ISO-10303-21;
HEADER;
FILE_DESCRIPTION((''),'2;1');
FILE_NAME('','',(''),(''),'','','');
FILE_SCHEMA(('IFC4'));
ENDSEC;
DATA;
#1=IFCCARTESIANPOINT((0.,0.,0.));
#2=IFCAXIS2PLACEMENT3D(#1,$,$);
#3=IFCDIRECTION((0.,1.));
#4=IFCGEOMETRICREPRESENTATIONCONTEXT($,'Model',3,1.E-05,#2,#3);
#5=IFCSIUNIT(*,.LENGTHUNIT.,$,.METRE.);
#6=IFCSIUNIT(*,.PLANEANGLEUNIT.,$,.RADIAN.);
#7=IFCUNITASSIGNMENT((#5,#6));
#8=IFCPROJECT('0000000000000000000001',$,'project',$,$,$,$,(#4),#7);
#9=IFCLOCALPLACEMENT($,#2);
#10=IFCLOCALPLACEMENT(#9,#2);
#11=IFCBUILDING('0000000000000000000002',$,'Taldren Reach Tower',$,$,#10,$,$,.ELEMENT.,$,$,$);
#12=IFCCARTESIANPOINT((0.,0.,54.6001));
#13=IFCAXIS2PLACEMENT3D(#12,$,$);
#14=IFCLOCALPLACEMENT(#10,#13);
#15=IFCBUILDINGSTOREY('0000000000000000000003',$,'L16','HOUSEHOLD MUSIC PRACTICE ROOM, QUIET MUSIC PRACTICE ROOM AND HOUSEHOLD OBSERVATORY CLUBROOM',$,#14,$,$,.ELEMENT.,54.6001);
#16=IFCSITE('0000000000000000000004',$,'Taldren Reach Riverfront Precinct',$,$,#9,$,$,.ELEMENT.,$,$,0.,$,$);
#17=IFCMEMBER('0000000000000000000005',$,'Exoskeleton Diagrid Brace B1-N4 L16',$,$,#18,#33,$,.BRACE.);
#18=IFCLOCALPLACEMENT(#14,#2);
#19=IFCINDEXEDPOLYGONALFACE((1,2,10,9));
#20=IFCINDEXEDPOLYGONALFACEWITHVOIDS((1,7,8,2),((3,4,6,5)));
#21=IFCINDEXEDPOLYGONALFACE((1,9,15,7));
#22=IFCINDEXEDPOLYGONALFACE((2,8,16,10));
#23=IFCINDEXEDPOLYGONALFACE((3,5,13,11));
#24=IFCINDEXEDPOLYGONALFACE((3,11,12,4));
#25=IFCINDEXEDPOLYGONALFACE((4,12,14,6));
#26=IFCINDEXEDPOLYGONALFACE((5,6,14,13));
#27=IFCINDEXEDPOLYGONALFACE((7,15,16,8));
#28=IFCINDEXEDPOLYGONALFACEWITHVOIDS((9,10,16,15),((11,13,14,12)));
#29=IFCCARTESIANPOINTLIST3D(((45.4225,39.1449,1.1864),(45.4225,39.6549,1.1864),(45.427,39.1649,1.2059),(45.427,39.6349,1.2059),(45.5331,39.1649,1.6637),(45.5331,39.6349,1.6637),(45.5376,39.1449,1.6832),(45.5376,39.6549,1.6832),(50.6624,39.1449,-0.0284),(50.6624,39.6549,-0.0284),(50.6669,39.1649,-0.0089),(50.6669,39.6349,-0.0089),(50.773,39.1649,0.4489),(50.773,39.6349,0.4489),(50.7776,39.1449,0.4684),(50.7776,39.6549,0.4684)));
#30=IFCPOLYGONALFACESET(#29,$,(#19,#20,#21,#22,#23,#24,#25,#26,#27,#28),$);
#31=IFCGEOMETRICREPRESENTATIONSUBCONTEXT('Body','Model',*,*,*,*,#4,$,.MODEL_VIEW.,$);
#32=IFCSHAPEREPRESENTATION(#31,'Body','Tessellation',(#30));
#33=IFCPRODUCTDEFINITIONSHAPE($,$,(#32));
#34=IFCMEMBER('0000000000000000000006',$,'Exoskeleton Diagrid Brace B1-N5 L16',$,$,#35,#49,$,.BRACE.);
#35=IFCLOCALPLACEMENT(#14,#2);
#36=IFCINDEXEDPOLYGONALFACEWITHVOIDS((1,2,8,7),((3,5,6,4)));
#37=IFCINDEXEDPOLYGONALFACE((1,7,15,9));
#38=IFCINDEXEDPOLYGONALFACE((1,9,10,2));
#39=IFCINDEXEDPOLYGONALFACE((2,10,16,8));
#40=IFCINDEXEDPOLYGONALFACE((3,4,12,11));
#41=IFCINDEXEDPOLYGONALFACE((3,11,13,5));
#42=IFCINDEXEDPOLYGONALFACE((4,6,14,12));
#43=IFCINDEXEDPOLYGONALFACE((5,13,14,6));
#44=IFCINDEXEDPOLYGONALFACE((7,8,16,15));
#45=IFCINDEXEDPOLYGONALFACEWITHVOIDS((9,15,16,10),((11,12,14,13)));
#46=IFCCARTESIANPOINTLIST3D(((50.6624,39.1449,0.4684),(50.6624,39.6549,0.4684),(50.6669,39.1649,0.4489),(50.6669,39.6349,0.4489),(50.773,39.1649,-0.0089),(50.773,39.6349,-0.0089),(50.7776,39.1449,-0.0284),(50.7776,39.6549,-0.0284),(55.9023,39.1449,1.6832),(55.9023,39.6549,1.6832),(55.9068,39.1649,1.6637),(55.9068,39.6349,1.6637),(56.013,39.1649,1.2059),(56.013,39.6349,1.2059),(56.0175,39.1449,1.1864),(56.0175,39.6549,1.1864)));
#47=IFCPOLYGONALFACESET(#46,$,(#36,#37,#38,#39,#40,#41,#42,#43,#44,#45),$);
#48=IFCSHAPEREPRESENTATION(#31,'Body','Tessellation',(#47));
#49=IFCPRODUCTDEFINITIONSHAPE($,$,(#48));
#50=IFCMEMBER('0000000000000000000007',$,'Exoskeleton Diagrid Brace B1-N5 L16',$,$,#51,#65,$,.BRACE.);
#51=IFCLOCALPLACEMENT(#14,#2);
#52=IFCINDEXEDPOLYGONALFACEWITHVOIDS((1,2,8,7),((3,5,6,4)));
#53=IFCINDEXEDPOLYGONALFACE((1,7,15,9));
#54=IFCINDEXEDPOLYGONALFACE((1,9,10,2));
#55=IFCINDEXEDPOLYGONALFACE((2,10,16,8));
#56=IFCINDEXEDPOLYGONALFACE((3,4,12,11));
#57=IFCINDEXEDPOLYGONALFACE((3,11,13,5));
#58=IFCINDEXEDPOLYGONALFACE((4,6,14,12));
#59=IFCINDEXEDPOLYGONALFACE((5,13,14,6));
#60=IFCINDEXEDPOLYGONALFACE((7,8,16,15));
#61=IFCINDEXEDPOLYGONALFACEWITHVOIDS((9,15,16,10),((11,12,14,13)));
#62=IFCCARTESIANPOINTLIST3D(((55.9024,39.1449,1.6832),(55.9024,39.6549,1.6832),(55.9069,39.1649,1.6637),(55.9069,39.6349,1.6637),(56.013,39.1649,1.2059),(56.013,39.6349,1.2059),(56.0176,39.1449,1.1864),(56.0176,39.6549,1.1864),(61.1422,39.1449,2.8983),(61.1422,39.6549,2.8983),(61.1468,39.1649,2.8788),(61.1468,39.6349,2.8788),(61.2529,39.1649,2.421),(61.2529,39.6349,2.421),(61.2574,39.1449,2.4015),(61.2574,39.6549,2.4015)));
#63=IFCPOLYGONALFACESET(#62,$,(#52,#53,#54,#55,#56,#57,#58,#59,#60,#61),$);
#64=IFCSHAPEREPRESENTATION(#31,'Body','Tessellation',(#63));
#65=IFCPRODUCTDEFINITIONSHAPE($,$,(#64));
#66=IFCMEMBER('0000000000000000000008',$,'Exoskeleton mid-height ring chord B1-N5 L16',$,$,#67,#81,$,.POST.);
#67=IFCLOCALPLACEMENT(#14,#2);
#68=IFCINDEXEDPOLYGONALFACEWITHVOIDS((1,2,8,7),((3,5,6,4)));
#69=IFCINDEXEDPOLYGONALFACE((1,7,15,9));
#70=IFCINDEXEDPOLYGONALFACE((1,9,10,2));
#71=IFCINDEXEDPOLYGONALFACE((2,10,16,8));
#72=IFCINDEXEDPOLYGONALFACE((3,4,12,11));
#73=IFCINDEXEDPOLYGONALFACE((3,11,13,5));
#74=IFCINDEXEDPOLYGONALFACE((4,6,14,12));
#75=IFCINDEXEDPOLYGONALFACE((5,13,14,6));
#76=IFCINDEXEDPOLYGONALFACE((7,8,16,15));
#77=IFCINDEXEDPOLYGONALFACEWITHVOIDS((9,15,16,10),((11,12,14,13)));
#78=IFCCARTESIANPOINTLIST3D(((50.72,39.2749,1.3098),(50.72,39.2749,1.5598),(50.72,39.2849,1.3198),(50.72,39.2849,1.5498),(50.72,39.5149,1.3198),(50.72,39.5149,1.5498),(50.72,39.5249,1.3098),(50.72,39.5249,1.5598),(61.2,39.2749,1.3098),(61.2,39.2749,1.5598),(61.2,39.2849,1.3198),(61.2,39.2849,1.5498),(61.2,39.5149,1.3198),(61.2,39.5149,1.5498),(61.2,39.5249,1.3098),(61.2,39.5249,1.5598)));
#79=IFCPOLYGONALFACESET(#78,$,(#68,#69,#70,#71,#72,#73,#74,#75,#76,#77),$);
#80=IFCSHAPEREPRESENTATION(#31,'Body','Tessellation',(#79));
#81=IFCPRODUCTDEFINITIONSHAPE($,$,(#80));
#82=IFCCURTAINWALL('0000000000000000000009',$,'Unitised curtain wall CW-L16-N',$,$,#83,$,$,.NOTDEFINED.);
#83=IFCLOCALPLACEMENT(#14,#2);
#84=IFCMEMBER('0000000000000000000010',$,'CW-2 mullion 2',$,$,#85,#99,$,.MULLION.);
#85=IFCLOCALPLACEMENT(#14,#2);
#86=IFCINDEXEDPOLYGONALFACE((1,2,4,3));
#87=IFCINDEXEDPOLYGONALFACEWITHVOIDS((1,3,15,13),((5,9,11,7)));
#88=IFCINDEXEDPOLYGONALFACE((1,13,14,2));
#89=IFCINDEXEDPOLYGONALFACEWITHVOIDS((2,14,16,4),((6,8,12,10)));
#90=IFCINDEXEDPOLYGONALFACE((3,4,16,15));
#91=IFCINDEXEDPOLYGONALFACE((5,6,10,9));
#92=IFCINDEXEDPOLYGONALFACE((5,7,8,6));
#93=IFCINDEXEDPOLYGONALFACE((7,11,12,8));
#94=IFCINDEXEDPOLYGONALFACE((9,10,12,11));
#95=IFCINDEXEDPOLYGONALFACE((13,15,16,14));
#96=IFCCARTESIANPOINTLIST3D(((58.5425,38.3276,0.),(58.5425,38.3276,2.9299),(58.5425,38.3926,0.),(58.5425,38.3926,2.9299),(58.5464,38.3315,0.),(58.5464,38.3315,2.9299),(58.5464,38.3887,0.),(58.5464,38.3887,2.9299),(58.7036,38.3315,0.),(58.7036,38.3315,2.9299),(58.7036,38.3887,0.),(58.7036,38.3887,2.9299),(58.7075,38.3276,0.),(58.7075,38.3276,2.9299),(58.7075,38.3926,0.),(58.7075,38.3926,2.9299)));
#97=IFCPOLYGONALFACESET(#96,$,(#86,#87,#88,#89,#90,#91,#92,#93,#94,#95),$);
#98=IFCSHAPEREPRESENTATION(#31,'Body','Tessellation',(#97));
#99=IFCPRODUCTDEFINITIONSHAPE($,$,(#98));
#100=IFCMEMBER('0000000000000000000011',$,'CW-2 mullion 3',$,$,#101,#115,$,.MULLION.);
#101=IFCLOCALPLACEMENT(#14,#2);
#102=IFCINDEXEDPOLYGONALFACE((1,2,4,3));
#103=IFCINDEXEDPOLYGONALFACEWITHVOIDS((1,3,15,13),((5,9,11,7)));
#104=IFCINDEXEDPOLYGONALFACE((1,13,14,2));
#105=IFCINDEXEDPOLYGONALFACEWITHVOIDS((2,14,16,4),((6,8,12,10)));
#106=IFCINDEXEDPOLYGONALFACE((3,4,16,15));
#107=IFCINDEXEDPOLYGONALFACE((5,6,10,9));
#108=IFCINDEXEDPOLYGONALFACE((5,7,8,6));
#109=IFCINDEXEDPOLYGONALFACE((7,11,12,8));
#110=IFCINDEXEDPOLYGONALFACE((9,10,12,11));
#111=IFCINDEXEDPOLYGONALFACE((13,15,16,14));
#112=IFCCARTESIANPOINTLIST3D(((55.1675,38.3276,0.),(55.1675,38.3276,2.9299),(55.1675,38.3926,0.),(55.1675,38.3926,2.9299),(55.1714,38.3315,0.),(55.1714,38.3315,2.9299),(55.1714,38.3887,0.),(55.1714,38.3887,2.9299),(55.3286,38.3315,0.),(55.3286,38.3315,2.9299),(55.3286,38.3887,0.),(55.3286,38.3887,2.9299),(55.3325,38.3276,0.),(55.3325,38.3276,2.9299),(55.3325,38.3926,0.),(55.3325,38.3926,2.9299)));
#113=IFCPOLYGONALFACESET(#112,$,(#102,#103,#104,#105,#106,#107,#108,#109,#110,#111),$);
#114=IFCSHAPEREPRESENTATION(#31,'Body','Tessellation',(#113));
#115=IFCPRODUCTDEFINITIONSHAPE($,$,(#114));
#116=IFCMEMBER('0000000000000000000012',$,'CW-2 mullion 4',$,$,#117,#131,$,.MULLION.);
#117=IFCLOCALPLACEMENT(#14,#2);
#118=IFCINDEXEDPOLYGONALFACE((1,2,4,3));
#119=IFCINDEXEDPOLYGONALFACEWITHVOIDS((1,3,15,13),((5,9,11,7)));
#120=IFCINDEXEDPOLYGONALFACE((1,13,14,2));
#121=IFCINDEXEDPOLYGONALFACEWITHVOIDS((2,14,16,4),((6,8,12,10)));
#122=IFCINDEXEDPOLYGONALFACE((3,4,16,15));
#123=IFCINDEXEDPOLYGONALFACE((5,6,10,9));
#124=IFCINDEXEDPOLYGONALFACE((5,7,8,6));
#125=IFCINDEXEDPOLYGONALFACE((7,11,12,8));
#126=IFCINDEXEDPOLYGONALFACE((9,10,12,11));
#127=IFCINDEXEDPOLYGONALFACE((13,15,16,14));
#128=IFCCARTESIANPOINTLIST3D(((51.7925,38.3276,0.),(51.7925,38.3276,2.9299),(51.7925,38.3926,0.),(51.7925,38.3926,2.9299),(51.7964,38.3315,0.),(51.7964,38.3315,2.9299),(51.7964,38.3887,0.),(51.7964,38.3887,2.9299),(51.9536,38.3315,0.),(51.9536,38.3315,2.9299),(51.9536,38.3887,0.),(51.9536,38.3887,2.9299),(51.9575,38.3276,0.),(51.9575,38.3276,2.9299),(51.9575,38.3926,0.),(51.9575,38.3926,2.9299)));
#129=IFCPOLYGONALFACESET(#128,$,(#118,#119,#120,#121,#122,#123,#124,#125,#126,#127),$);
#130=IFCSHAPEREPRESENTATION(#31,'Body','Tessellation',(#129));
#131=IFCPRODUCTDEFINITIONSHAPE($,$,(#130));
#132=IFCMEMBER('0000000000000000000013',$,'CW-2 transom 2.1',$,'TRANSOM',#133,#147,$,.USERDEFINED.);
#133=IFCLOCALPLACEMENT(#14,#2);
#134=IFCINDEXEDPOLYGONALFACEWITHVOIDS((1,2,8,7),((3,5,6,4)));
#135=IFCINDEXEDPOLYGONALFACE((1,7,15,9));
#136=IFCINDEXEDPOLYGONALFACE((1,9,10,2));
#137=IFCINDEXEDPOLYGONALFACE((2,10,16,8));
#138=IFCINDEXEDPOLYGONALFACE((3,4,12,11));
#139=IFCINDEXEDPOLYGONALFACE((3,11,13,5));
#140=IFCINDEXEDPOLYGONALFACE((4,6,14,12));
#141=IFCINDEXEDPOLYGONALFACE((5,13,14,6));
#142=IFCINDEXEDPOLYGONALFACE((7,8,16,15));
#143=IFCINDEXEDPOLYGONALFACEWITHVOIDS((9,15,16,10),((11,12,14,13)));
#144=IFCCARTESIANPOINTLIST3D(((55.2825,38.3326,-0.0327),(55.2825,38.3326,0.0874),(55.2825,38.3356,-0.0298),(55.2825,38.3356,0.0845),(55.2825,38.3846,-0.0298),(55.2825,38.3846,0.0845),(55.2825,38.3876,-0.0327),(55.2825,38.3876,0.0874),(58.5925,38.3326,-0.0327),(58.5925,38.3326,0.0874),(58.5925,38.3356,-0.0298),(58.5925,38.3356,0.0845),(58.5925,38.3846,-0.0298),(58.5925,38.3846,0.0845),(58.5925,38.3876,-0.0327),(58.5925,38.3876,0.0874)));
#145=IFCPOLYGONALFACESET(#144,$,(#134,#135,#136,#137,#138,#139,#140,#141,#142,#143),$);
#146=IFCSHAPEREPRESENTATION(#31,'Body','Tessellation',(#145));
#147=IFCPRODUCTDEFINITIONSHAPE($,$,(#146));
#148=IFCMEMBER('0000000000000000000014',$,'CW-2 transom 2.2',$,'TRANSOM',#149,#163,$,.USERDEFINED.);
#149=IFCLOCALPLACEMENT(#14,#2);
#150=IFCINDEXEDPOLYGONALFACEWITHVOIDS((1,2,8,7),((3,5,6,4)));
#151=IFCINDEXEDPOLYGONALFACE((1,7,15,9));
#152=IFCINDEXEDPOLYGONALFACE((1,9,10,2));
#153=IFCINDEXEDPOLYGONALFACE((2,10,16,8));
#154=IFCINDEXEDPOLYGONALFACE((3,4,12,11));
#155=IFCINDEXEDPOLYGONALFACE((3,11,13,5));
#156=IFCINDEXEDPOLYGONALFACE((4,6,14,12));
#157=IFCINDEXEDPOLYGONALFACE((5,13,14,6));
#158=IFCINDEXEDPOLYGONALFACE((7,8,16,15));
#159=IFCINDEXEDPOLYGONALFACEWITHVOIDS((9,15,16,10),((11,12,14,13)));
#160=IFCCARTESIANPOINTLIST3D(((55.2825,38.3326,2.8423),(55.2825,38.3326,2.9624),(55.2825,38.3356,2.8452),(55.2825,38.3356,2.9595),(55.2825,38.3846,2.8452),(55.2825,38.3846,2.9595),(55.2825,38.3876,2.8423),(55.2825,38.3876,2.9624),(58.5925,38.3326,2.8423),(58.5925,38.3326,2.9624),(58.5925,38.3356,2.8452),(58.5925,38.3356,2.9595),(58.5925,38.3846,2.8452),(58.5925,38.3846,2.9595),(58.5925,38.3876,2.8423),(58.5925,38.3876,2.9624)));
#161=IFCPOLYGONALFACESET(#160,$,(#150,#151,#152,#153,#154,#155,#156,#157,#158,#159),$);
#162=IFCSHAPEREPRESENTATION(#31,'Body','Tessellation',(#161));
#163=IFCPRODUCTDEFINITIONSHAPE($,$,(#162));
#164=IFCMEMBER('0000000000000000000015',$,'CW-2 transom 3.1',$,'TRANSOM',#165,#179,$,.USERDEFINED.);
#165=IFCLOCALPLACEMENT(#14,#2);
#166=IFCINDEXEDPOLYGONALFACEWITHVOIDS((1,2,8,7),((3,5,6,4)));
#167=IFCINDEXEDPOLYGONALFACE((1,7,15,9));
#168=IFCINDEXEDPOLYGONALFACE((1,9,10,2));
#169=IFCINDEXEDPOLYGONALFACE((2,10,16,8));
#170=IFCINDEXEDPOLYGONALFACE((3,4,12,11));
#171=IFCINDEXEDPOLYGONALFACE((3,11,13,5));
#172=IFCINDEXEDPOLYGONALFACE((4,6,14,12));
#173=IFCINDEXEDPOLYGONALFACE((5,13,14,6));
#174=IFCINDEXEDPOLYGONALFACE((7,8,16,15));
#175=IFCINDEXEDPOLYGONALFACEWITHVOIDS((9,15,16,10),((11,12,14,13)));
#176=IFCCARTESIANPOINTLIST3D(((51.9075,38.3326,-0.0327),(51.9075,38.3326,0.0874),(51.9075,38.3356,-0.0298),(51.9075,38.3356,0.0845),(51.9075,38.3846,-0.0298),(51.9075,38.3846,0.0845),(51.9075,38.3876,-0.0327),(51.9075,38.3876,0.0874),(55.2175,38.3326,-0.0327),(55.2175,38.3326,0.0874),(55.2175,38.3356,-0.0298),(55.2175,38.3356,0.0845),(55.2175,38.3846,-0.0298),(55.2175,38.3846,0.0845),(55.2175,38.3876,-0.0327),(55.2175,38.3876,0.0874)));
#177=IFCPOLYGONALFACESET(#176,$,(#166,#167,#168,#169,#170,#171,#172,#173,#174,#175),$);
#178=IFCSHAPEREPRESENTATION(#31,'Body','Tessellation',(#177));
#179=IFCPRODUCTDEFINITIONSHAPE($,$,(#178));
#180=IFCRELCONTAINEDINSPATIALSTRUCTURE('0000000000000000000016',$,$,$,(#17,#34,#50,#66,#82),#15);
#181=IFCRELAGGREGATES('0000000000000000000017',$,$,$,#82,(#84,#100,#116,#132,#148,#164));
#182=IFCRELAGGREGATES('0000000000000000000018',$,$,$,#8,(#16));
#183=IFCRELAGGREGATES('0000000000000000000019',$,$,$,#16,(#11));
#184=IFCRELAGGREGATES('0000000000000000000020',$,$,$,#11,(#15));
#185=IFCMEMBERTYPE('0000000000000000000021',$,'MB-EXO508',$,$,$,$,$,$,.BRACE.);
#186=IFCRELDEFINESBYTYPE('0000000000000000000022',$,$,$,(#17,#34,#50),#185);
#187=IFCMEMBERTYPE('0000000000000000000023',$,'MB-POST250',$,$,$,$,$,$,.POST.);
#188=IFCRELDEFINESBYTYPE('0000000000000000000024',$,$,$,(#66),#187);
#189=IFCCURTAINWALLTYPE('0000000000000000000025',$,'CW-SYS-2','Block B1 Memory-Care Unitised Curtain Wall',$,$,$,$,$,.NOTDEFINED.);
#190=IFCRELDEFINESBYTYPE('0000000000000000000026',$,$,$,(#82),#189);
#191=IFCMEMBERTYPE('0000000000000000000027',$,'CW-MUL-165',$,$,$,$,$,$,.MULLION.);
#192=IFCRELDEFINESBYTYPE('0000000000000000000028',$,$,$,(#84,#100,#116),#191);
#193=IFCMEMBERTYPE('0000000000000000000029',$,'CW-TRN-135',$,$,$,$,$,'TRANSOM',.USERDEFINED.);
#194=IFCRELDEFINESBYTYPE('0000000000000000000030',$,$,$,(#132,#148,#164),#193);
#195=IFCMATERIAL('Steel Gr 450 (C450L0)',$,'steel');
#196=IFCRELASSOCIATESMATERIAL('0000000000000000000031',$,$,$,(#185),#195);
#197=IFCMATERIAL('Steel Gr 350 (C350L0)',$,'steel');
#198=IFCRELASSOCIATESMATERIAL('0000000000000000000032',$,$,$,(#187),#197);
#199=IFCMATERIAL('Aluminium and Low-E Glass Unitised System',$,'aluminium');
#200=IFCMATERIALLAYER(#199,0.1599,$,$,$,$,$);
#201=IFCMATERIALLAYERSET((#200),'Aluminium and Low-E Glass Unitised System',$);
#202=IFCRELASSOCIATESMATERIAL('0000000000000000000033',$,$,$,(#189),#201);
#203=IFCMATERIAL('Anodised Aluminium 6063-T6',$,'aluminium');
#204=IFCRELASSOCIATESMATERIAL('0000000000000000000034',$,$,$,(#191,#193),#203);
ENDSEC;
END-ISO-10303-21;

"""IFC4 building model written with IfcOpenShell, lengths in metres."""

from ifc_helpers import new_model, si_unit, direction, frame, origin, origin_2d, place, context, subcontext, project, spatial, hollow_rectangle, extrude, source, transform, mapped, material, layer, layer_set, material_profile, profile_set, type_object, element, aggregate, save


model = new_model("IFC4")

# Units and contexts
model_context = context("Model", 3, precision=1e-05, world=origin(), true_north=direction((0.0, 1.0)))
body_context = subcontext(model_context, "Body", "Model", "MODEL_VIEW")
ifc_project = project(units=[si_unit("LENGTHUNIT", "METRE"), si_unit("PLANEANGLEUNIT", "RADIAN")], contexts=[model_context])

# Site, building, storey
site_placement = place(None, origin())
site = spatial("IfcSite", under=ifc_project, at=site_placement, Name="Taldren Reach Riverfront Precinct", CompositionType="ELEMENT", RefElevation=0.0)
building_placement = place(site_placement, origin())
building = spatial("IfcBuilding", under=site, at=building_placement, Name="Taldren Reach Tower", CompositionType="ELEMENT")
storey_placement = place(building_placement, frame((0.0, 0.0, 54.6001)))
storey = spatial("IfcBuildingStorey", under=building, at=storey_placement, Name="L16", Description="HOUSEHOLD MUSIC PRACTICE ROOM, QUIET MUSIC PRACTICE ROOM AND HOUSEHOLD OBSERVATORY CLUBROOM", CompositionType="ELEMENT", Elevation=54.6001)

# Members
ifc_material_1 = material(Name="Steel Gr 450 (C450L0)", Category="steel")
ifc_material_profile_1 = material_profile(ifc_material_1, hollow_rectangle(XDim=0.51, YDim=0.51, WallThickness=0.02, at=origin_2d()), Name="510x510x20.0SHS")
ifc_profile_set_1 = profile_set([ifc_material_profile_1], Name="Steel Gr 450 (C450L0)")
member_type_1 = type_object("IfcMemberType", Name="MB-EXO508", PredefinedType="BRACE", material=ifc_profile_set_1)
shared_shape_1 = source(origin(), body_context, "Body", "SweptSolid", [
    extrude(hollow_rectangle(XDim=0.51, YDim=0.51, WallThickness=0.02, at=origin_2d()), origin(), (0.0, 0.0, 1.0), 5.3789),
])
for number, where, z_axis, x_axis, name in (
    (1, (50.72, 39.3999, 0.22), (-0.974162, 0.0, 0.225851), (0.0, -1.0, 0.0), "Exoskeleton Diagrid Brace B1-N4 L16"),
    (2, (50.72, 39.3999, 0.22), (0.974162, 0.0, 0.225851), (0.0, 1.0, 0.0), "Exoskeleton Diagrid Brace B1-N5 L16"),
    (3, (55.96, 39.3999, 1.4348), (0.974152, 0.0, 0.225894), (0.0, 1.0, 0.0), "Exoskeleton Diagrid Brace B1-N5 L16"),
):
    element("IfcMember", number, at=place(storey_placement, frame(where, z_axis=z_axis, x_axis=x_axis)), inside=storey, type_object=member_type_1, Name=name, PredefinedType="BRACE", context=body_context, shape_type="MappedRepresentation", body=[
        mapped(shared_shape_1, transform((0.0, 0.0, 0.0), scale=1.0)),
    ])
ifc_material_2 = material(Name="Steel Gr 350 (C350L0)", Category="steel")
ifc_material_profile_2 = material_profile(ifc_material_2, hollow_rectangle(XDim=0.25, YDim=0.25, WallThickness=0.01, at=origin_2d()), Name="250x250x10.0SHS")
ifc_profile_set_2 = profile_set([ifc_material_profile_2], Name="Steel Gr 350 (C350L0)")
member_type_2 = type_object("IfcMemberType", Name="MB-POST250", PredefinedType="POST", material=ifc_profile_set_2)
shared_shape_2 = source(origin(), body_context, "Body", "SweptSolid", [
    extrude(hollow_rectangle(XDim=0.25, YDim=0.25, WallThickness=0.01, at=origin_2d()), origin(), (0.0, 0.0, 1.0), 10.48),
])
member_1_placement = place(storey_placement, frame((50.72, 39.3999, 1.4348), z_axis=(1.0, 0.0, 0.0), x_axis=(0.0, 1.0, 0.0)))
element("IfcMember", 4, at=member_1_placement, inside=storey, type_object=member_type_2, Name="Exoskeleton mid-height ring chord B1-N5 L16", PredefinedType="POST", context=body_context, shape_type="MappedRepresentation", body=[
    mapped(shared_shape_2, transform((0.0, 0.0, 0.0), scale=1.0)),
])

# Curtain wall, members
ifc_material_3 = material(Name="Aluminium and Low-E Glass Unitised System", Category="aluminium")
ifc_layer_1 = layer(ifc_material_3, 0.1599)
ifc_layer_set_1 = layer_set([ifc_layer_1], Name="Aluminium and Low-E Glass Unitised System")
curtain_wall_type = type_object("IfcCurtainWallType", Name="CW-SYS-2", Description="Block B1 Memory-Care Unitised Curtain Wall", PredefinedType="NOTDEFINED", material=ifc_layer_set_1)
curtain_wall_placement = place(storey_placement, origin())
curtain_wall = element("IfcCurtainWall", 5, at=curtain_wall_placement, inside=storey, type_object=curtain_wall_type, Name="Unitised curtain wall CW-L16-N", PredefinedType="NOTDEFINED")
ifc_material_4 = material(Name="Anodised Aluminium 6063-T6", Category="aluminium")
ifc_material_profile_3 = material_profile(ifc_material_4, hollow_rectangle(XDim=0.0649, YDim=0.165, WallThickness=0.0039, at=origin_2d()), Name="ALU-165x65x4RHS")
ifc_profile_set_3 = profile_set([ifc_material_profile_3], Name="Anodised Aluminium 6063-T6")
member_type_3 = type_object("IfcMemberType", Name="CW-MUL-165", PredefinedType="MULLION", material=ifc_profile_set_3)
shared_shape_3 = source(origin(), body_context, "Body", "SweptSolid", [
    extrude(hollow_rectangle(XDim=0.0649, YDim=0.165, WallThickness=0.0039, at=origin_2d()), origin(), (0.0, 0.0, 1.0), 2.9299),
])
member_2_placement = place(storey_placement, frame((58.625, 38.3601, 0.0), z_axis=(0.0, 0.0, 1.0), x_axis=(0.0, -1.0, 0.0)))
member_2 = element("IfcMember", 6, at=member_2_placement, type_object=member_type_3, Name="CW-2 mullion 2", PredefinedType="MULLION", context=body_context, shape_type="MappedRepresentation", body=[
    mapped(shared_shape_3, transform((0.0, 0.0, 0.0), scale=1.0)),
])
member_3_placement = place(storey_placement, frame((55.25, 38.3601, 0.0), z_axis=(0.0, 0.0, 1.0), x_axis=(0.0, -1.0, 0.0)))
member_3 = element("IfcMember", 7, at=member_3_placement, type_object=member_type_3, Name="CW-2 mullion 3", PredefinedType="MULLION", context=body_context, shape_type="MappedRepresentation", body=[
    mapped(shared_shape_3, transform((0.0, 0.0, 0.0), scale=1.0)),
])
member_4_placement = place(storey_placement, frame((51.875, 38.3601, 0.0), z_axis=(0.0, 0.0, 1.0), x_axis=(0.0, -1.0, 0.0)))
member_4 = element("IfcMember", 8, at=member_4_placement, type_object=member_type_3, Name="CW-2 mullion 4", PredefinedType="MULLION", context=body_context, shape_type="MappedRepresentation", body=[
    mapped(shared_shape_3, transform((0.0, 0.0, 0.0), scale=1.0)),
])
ifc_material_profile_4 = material_profile(ifc_material_4, hollow_rectangle(XDim=0.0549, YDim=0.1201, WallThickness=0.0029, at=origin_2d()), Name="ALU-120x55x3RHS")
ifc_profile_set_4 = profile_set([ifc_material_profile_4], Name="Anodised Aluminium 6063-T6")
member_type_4 = type_object("IfcMemberType", Name="CW-TRN-135", ElementType="TRANSOM", PredefinedType="USERDEFINED", material=ifc_profile_set_4)
shared_shape_4 = source(origin(), body_context, "Body", "SweptSolid", [
    extrude(hollow_rectangle(XDim=0.0549, YDim=0.1201, WallThickness=0.0029, at=origin_2d()), origin(), (0.0, 0.0, 1.0), 3.3101),
])
member_5_placement = place(storey_placement, frame((58.5925, 38.3601, 0.0273), z_axis=(-1.0, 0.0, 0.0), x_axis=(0.0, -1.0, 0.0)))
member_5 = element("IfcMember", 9, at=member_5_placement, type_object=member_type_4, Name="CW-2 transom 2.1", ObjectType="TRANSOM", PredefinedType="USERDEFINED", context=body_context, shape_type="MappedRepresentation", body=[
    mapped(shared_shape_4, transform((0.0, 0.0, 0.0), scale=1.0)),
])
member_6_placement = place(storey_placement, frame((58.5925, 38.3601, 2.9023), z_axis=(-1.0, 0.0, 0.0), x_axis=(0.0, -1.0, 0.0)))
member_6 = element("IfcMember", 10, at=member_6_placement, type_object=member_type_4, Name="CW-2 transom 2.2", ObjectType="TRANSOM", PredefinedType="USERDEFINED", context=body_context, shape_type="MappedRepresentation", body=[
    mapped(shared_shape_4, transform((0.0, 0.0, 0.0), scale=1.0)),
])
member_7_placement = place(storey_placement, frame((55.2175, 38.3601, 0.0273), z_axis=(-1.0, 0.0, 0.0), x_axis=(0.0, -1.0, 0.0)))
member_7 = element("IfcMember", 11, at=member_7_placement, type_object=member_type_4, Name="CW-2 transom 3.1", ObjectType="TRANSOM", PredefinedType="USERDEFINED", context=body_context, shape_type="MappedRepresentation", body=[
    mapped(shared_shape_4, transform((0.0, 0.0, 0.0), scale=1.0)),
])
aggregate(curtain_wall, [member_2, member_3, member_4, member_5, member_6, member_7])

save(model, "model.ifc")
